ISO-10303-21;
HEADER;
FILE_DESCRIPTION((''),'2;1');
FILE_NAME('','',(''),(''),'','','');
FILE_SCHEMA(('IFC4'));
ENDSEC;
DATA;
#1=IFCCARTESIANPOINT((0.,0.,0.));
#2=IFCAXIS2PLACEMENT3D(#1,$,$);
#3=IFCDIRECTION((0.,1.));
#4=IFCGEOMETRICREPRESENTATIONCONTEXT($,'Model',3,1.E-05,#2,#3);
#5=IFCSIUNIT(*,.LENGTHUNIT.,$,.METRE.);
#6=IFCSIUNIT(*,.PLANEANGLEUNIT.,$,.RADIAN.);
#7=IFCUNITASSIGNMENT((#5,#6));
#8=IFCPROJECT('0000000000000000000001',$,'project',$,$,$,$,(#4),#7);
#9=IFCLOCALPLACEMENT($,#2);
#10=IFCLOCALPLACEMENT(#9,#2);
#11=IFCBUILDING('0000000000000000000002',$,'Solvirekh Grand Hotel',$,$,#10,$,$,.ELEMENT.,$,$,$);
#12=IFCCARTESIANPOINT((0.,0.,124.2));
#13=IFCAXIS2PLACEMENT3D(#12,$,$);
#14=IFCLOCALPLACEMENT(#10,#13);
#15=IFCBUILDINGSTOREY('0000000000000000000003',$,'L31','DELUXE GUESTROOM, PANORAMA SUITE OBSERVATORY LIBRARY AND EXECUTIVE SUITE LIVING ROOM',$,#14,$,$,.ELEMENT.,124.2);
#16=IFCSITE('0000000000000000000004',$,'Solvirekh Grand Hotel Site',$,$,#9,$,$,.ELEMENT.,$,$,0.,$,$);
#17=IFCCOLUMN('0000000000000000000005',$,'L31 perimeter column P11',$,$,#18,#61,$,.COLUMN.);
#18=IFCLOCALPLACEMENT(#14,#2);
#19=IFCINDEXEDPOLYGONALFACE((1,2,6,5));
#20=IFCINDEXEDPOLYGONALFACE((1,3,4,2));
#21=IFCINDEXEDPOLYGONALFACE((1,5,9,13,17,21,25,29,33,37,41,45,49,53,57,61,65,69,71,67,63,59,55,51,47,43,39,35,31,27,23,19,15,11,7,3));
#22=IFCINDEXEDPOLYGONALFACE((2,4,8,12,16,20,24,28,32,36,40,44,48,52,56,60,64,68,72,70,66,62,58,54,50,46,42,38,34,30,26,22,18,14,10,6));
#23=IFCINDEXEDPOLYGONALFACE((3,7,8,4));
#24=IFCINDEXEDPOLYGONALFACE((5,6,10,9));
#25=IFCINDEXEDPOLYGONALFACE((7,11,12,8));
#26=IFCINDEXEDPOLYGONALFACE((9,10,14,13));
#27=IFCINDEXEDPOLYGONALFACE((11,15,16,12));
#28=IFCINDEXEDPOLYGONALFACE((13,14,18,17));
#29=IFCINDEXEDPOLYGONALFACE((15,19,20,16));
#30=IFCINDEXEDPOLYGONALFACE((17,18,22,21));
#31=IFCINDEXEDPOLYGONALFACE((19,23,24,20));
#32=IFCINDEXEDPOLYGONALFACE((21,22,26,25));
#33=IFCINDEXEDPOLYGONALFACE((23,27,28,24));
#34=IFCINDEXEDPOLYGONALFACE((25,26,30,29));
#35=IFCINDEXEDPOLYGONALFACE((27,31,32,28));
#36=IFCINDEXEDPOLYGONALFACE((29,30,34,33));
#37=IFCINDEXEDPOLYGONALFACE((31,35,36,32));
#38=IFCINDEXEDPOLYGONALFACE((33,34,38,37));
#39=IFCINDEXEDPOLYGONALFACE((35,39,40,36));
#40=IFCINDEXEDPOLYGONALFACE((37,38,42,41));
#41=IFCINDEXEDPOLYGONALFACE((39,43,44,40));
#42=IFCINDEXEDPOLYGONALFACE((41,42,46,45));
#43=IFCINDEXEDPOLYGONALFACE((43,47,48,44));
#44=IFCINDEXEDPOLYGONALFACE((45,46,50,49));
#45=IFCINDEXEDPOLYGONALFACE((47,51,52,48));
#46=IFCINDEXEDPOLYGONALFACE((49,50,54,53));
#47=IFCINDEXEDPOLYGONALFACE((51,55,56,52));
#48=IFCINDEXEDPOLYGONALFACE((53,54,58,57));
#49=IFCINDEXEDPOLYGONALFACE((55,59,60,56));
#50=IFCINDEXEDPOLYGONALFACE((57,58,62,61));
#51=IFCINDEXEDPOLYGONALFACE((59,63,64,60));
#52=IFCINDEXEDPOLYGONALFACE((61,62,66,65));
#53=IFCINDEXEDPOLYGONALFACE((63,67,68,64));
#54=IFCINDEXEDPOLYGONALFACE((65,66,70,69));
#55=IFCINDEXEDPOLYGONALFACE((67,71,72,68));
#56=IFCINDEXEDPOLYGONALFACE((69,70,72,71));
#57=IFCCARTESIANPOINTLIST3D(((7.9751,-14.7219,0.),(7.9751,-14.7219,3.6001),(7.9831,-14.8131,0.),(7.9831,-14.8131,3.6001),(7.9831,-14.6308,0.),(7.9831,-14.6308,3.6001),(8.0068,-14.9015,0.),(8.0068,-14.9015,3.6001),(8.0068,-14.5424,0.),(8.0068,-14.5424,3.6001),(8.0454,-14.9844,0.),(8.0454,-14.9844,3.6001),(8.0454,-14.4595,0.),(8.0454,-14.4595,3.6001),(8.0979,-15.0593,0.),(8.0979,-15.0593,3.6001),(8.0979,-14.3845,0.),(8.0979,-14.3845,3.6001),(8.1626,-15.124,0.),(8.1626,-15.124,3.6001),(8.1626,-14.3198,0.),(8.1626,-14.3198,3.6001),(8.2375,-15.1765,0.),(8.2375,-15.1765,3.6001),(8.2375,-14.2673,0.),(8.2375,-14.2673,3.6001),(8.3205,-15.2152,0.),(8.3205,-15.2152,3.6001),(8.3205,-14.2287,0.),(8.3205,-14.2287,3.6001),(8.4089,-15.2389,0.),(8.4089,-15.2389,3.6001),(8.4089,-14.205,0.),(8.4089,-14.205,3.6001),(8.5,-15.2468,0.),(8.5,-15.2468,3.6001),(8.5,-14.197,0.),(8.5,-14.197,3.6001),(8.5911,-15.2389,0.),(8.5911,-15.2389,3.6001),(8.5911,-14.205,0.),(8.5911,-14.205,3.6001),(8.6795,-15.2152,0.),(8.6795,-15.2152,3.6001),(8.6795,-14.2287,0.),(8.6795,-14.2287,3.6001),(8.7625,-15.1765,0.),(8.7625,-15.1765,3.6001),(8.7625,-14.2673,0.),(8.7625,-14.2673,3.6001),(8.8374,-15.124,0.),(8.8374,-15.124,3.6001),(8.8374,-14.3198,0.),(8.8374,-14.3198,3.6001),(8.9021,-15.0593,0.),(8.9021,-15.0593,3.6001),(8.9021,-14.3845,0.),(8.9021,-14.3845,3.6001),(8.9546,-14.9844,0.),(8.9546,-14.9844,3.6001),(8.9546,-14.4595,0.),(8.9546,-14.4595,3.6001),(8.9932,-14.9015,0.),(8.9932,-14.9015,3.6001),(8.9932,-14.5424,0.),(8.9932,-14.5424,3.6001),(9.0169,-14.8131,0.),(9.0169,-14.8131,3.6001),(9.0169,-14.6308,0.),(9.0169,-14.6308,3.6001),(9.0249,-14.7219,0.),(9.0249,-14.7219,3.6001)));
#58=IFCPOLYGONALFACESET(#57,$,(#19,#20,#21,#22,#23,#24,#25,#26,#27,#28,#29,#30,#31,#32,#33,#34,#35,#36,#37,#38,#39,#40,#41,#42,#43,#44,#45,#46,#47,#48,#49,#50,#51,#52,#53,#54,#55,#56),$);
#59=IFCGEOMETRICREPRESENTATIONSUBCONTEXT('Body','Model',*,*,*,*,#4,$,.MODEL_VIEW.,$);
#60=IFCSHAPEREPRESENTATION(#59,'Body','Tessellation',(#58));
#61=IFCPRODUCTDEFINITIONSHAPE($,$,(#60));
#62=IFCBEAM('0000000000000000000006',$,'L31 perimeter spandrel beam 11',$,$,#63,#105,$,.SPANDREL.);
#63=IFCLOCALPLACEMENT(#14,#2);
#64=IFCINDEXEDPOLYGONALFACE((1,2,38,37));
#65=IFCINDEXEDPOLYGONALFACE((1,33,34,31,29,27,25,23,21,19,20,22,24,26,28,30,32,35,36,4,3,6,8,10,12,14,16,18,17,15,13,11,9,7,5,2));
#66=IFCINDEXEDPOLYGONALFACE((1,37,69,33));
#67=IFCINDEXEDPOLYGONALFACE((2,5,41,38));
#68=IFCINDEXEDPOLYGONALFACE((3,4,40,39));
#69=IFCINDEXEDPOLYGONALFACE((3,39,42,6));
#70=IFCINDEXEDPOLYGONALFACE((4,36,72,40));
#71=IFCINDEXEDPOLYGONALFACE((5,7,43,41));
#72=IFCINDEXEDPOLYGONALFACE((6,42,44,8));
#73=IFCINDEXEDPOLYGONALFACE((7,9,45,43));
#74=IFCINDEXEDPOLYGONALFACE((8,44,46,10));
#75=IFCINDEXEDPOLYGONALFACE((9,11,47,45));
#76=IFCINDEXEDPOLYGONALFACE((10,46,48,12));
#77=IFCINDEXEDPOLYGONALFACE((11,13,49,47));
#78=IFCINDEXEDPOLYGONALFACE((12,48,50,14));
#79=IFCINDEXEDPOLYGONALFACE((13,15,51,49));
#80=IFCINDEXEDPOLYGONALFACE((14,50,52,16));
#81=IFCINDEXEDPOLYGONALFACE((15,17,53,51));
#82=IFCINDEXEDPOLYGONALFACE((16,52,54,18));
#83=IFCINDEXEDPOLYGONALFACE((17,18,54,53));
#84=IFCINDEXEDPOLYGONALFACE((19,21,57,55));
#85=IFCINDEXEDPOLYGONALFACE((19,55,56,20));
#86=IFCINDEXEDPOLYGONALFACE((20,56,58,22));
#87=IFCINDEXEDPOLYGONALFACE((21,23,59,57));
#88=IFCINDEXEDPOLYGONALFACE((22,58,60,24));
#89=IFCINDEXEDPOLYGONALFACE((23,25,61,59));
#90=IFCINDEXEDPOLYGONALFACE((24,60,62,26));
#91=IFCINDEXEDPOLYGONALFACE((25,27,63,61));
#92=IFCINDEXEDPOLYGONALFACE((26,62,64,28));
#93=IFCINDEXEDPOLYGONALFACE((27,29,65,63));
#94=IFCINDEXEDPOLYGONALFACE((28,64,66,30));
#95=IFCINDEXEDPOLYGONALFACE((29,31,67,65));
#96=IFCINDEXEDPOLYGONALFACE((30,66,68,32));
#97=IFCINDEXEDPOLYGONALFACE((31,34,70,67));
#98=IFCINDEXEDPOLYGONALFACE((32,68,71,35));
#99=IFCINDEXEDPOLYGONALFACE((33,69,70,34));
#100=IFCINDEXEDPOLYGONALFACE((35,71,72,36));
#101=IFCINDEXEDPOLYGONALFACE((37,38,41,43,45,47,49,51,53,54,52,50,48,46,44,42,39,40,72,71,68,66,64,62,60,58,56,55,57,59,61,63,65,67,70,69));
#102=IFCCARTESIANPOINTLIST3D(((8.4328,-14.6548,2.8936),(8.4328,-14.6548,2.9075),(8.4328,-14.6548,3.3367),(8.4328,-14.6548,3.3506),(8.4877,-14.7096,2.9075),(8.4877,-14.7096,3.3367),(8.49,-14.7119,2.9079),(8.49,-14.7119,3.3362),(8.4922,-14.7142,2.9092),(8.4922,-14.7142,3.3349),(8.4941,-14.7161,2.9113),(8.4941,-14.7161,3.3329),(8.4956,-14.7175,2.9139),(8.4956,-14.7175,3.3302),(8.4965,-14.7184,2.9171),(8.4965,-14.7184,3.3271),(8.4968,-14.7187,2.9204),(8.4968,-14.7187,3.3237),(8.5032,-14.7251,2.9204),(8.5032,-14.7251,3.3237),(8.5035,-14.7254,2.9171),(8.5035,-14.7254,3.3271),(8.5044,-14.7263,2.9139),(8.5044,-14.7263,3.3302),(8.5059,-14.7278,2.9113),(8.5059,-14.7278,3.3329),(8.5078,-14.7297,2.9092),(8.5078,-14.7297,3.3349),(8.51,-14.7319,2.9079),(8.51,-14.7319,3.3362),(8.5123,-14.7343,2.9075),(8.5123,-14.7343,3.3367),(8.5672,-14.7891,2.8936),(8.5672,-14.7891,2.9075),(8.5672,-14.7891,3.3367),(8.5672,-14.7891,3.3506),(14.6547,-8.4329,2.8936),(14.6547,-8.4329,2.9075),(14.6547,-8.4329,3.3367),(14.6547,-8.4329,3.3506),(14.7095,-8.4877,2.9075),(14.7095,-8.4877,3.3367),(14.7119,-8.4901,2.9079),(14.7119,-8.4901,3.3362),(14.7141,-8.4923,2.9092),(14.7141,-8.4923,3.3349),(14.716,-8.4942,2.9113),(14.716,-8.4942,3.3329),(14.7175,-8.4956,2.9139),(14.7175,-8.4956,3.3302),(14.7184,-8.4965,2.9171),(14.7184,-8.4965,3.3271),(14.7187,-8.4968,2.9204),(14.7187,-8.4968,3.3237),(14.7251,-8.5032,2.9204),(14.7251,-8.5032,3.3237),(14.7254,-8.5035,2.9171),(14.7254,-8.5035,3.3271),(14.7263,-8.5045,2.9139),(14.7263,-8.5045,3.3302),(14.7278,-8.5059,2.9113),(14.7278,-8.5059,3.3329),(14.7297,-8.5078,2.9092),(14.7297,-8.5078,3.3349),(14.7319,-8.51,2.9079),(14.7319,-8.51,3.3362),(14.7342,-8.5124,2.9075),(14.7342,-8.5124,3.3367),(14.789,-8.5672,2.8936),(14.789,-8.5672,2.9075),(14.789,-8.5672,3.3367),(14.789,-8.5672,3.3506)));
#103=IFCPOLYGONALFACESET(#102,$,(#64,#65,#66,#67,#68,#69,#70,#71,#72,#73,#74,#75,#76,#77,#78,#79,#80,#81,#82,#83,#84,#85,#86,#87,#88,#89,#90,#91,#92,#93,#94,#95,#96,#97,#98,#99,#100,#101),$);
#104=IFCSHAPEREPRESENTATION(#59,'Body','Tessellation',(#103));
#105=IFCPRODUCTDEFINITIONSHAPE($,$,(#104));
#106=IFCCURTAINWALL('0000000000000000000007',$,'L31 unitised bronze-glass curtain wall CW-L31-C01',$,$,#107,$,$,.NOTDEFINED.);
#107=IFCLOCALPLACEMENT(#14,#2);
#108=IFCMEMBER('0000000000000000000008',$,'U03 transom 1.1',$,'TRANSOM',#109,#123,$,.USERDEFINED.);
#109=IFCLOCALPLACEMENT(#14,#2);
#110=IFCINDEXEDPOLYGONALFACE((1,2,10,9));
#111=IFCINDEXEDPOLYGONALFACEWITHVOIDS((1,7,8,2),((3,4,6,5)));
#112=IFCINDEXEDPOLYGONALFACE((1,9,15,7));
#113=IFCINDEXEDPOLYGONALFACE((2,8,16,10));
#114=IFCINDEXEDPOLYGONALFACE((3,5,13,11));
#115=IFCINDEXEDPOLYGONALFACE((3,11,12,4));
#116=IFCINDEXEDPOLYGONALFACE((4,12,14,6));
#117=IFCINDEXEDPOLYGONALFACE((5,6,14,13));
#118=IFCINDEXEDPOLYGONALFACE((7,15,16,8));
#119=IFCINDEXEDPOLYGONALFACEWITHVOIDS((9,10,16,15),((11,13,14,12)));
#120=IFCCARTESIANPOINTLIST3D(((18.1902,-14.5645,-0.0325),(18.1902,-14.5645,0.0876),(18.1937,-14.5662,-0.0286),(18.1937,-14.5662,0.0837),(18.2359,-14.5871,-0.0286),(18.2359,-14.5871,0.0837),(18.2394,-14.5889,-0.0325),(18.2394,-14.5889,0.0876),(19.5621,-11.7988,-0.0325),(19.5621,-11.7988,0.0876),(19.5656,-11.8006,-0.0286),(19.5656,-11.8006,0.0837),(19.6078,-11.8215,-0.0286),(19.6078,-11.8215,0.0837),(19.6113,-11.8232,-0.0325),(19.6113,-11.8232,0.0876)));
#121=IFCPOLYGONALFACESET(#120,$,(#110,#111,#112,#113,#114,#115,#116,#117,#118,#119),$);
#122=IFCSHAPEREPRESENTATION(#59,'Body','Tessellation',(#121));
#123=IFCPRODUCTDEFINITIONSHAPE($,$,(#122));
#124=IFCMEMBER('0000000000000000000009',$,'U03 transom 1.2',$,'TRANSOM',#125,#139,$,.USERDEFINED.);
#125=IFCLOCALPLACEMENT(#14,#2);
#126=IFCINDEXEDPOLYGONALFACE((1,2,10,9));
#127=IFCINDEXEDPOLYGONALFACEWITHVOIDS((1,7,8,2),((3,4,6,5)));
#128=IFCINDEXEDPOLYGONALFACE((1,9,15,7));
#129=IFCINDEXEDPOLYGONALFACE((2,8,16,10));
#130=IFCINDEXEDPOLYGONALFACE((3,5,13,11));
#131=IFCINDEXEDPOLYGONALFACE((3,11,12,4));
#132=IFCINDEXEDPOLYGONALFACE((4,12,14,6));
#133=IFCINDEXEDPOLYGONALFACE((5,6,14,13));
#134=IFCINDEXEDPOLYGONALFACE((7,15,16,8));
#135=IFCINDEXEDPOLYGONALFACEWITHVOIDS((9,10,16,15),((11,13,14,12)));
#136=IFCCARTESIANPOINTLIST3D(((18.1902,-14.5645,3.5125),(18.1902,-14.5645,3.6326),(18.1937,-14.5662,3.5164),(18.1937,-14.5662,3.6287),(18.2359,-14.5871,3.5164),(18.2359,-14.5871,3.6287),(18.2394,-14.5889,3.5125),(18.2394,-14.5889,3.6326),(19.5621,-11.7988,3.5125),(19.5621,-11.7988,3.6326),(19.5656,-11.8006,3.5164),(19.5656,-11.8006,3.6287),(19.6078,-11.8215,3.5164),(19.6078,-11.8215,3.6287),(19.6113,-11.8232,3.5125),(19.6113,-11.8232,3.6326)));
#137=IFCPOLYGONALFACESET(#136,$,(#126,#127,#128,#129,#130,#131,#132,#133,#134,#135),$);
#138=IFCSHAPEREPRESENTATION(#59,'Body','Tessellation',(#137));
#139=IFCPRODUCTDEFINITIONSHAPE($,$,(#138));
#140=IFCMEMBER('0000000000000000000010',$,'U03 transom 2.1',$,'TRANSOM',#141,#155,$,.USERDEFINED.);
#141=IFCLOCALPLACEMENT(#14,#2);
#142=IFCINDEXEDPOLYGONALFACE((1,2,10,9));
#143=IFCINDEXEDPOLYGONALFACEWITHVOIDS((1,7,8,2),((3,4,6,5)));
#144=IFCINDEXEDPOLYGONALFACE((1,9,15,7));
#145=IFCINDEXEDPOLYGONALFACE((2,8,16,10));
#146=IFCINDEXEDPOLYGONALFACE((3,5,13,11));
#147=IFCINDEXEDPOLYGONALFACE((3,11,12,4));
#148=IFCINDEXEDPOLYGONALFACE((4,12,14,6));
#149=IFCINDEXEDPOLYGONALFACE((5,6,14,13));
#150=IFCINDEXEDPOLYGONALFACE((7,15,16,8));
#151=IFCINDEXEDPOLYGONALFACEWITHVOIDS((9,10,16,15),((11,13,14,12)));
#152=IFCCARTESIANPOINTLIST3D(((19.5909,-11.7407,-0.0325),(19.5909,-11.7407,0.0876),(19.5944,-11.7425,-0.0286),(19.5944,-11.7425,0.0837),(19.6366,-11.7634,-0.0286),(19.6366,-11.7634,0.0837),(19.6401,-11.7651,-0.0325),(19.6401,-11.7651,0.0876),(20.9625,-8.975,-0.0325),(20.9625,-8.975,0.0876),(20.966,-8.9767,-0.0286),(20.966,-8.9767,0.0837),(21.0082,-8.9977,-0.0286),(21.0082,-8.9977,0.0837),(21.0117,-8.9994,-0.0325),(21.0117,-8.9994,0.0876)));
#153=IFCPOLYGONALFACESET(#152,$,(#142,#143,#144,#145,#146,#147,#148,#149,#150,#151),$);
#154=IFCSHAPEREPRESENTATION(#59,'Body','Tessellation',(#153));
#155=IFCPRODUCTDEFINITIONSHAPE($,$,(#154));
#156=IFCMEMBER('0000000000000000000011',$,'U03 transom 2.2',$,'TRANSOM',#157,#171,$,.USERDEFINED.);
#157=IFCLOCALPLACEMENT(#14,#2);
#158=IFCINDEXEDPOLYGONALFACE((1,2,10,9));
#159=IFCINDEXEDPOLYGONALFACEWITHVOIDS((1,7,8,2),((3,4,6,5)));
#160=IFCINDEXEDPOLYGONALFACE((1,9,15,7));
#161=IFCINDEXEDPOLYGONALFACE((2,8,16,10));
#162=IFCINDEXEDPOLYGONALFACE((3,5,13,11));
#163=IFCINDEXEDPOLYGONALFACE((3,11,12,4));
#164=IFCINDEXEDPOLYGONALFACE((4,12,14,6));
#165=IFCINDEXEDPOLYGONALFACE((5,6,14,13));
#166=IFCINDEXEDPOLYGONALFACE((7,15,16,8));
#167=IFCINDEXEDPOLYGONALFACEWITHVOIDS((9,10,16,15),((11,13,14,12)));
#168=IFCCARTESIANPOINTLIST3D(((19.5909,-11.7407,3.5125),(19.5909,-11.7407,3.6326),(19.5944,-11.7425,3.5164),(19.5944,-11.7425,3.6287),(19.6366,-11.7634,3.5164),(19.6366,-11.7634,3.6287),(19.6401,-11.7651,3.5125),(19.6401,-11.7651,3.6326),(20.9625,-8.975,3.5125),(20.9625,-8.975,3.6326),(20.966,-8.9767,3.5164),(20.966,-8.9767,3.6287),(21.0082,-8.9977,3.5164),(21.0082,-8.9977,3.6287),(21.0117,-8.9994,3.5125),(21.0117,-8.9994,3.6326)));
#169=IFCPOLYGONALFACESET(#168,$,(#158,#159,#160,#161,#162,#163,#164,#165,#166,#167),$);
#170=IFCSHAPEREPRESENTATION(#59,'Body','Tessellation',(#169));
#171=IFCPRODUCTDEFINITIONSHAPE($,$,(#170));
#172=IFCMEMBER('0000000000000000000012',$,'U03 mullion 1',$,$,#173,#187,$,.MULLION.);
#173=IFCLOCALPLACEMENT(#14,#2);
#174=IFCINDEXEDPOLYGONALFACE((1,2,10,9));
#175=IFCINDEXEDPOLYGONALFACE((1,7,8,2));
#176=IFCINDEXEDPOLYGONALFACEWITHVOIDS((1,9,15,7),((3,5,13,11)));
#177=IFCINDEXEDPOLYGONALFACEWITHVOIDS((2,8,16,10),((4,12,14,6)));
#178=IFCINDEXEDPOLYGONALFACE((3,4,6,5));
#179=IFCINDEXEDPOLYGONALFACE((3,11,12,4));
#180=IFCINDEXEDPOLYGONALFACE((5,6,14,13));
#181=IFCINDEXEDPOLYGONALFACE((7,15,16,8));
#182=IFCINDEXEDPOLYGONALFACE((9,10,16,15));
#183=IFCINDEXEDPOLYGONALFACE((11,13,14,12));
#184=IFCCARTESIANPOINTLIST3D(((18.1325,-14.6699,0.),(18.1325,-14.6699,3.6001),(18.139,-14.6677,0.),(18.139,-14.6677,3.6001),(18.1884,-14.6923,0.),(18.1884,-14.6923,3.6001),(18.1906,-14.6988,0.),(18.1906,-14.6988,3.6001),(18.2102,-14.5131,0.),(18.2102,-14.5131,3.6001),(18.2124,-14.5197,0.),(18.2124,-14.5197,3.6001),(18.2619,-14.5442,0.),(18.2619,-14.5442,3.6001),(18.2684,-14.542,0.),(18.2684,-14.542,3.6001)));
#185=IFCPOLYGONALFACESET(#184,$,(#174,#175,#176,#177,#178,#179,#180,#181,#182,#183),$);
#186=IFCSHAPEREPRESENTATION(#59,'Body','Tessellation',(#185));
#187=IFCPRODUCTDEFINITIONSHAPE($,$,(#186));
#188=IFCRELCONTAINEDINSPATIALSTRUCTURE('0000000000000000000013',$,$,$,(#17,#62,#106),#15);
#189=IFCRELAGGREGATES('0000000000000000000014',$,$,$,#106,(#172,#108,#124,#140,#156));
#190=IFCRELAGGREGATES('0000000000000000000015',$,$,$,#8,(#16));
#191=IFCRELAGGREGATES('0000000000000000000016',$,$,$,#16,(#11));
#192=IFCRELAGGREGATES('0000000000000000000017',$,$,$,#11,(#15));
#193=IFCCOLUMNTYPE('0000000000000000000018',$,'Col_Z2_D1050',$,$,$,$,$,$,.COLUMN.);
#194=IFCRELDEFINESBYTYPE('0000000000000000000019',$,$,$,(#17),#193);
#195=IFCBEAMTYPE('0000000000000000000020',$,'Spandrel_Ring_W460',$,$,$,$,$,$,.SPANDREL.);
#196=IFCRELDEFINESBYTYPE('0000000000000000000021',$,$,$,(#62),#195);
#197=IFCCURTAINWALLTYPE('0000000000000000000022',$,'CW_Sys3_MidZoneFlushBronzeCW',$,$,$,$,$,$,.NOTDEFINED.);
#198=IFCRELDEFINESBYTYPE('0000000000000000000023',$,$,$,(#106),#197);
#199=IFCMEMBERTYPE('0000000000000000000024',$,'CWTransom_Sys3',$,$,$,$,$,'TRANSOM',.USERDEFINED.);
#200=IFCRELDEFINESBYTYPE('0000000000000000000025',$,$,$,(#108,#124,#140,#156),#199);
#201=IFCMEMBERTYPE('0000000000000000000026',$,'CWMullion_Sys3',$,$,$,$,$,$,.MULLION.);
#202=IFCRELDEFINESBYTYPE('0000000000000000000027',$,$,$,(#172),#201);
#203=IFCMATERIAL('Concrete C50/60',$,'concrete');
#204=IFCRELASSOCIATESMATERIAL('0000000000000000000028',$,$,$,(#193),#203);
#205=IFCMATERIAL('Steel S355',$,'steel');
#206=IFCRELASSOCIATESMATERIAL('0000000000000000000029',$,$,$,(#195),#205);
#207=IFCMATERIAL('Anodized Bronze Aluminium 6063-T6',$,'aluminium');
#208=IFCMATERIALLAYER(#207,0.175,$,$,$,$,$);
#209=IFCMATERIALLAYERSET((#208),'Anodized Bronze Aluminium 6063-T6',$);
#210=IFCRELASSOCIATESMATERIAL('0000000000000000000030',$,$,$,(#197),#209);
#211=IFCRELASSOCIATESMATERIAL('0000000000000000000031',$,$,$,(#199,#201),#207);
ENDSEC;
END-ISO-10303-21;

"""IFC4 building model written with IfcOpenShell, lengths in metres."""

from ifc_helpers import new_model, si_unit, direction, frame, origin, origin_2d, place, context, subcontext, project, spatial, hollow_rectangle, circle, i_section, extrude, source, transform, mapped, material, layer, layer_set, material_profile, profile_set, type_object, element, aggregate, save


model = new_model("IFC4")

# Units and contexts
model_context = context("Model", 3, precision=1e-05, world=origin(), true_north=direction((0.0, 1.0)))
body_context = subcontext(model_context, "Body", "Model", "MODEL_VIEW")
ifc_project = project(units=[si_unit("LENGTHUNIT", "METRE"), si_unit("PLANEANGLEUNIT", "RADIAN")], contexts=[model_context])

# Site, building, storey
site_placement = place(None, origin())
site = spatial("IfcSite", under=ifc_project, at=site_placement, Name="Solvirekh Grand Hotel Site", CompositionType="ELEMENT", RefElevation=0.0)
building_placement = place(site_placement, origin())
building = spatial("IfcBuilding", under=site, at=building_placement, Name="Solvirekh Grand Hotel", CompositionType="ELEMENT")
storey_placement = place(building_placement, frame((0.0, 0.0, 124.2)))
storey = spatial("IfcBuildingStorey", under=building, at=storey_placement, Name="L31", Description="DELUXE GUESTROOM, PANORAMA SUITE OBSERVATORY LIBRARY AND EXECUTIVE SUITE LIVING ROOM", CompositionType="ELEMENT", Elevation=124.2)

# Column
ifc_material_1 = material(Name="Concrete C50/60", Category="concrete")
ifc_material_profile_1 = material_profile(ifc_material_1, circle(Radius=0.5249, at=origin_2d()), Name="RC CIRC D1050")
ifc_profile_set_1 = profile_set([ifc_material_profile_1], Name="Concrete C50/60")
column_type = type_object("IfcColumnType", Name="Col_Z2_D1050", PredefinedType="COLUMN", material=ifc_profile_set_1)
column_placement = place(storey_placement, frame((8.5, -14.7219, 0.0), z_axis=(0.0, 0.0, 1.0), x_axis=(1.0, 0.0, 0.0)))
element("IfcColumn", 1, at=column_placement, inside=storey, type_object=column_type, Name="L31 perimeter column P11", PredefinedType="COLUMN", context=body_context, shape_type="SweptSolid", body=[
    extrude(circle(Radius=0.5249, at=origin_2d()), origin(), (0.0, 0.0, 1.0), 3.6001),
])

# Beam
ifc_material_2 = material(Name="Steel S355", Category="steel")
ifc_material_profile_2 = material_profile(ifc_material_2, i_section(OverallWidth=0.1899, OverallDepth=0.457, WebThickness=0.009, FlangeThickness=0.0139, FilletRadius=0.0129, at=origin_2d()), Name="W460X74")
ifc_profile_set_2 = profile_set([ifc_material_profile_2], Name="Steel S355")
beam_type = type_object("IfcBeamType", Name="Spandrel_Ring_W460", PredefinedType="SPANDREL", material=ifc_profile_set_2)
beam_placement = place(storey_placement, frame((8.5, -14.7219, 3.1221), z_axis=(0.707107, 0.707107, 0.0), x_axis=(-0.707107, 0.707107, 0.0)))
element("IfcBeam", 2, at=beam_placement, inside=storey, type_object=beam_type, Name="L31 perimeter spandrel beam 11", PredefinedType="SPANDREL", context=body_context, shape_type="SweptSolid", body=[
    extrude(i_section(OverallWidth=0.1899, OverallDepth=0.457, WebThickness=0.009, FlangeThickness=0.0139, FilletRadius=0.0129, at=origin_2d()), origin(), (0.0, 0.0, 1.0), 8.7991),
])

# Curtain wall, members
ifc_material_3 = material(Name="Anodized Bronze Aluminium 6063-T6", Category="aluminium")
ifc_layer_1 = layer(ifc_material_3, 0.175)
ifc_layer_set_1 = layer_set([ifc_layer_1], Name="Anodized Bronze Aluminium 6063-T6")
curtain_wall_type = type_object("IfcCurtainWallType", Name="CW_Sys3_MidZoneFlushBronzeCW", PredefinedType="NOTDEFINED", material=ifc_layer_set_1)
curtain_wall_1_placement = place(storey_placement, origin())
curtain_wall_1 = element("IfcCurtainWall", 3, at=curtain_wall_1_placement, inside=storey, type_object=curtain_wall_type, Name="L31 unitised bronze-glass curtain wall CW-L31-C01", PredefinedType="NOTDEFINED")
ifc_material_profile_3 = material_profile(ifc_material_3, hollow_rectangle(XDim=0.0549, YDim=0.1201, WallThickness=0.0039, at=origin_2d()), Name="ALU RHS 120X55X4")
ifc_profile_set_3 = profile_set([ifc_material_profile_3], Name="Anodized Bronze Aluminium 6063-T6")
member_type_1 = type_object("IfcMemberType", Name="CWTransom_Sys3", ElementType="TRANSOM", PredefinedType="USERDEFINED", material=ifc_profile_set_3)
shared_shape_1 = source(origin(), body_context, "Body", "SweptSolid", [
    extrude(hollow_rectangle(XDim=0.0549, YDim=0.1201, WallThickness=0.0039, at=origin_2d()), origin(), (0.0, 0.0, 1.0), 3.0872),
])
member_1_placement = place(storey_placement, frame((18.2148, -14.5767, 0.0276), z_axis=(0.444364, 0.895846, 0.0), x_axis=(-0.895846, 0.444364, 0.0)))
member_1 = element("IfcMember", 4, at=member_1_placement, type_object=member_type_1, Name="U03 transom 1.1", ObjectType="TRANSOM", PredefinedType="USERDEFINED", context=body_context, shape_type="MappedRepresentation", body=[
    mapped(shared_shape_1, transform((0.0, 0.0, 0.0), x_axis=(1.0, 0.0, 0.0), y_axis=(0.0, 1.0, 0.0), z_axis=(0.0, 0.0, 1.0), scale=1.0)),
])
member_2_placement = place(storey_placement, frame((18.2148, -14.5767, 3.5725), z_axis=(0.444364, 0.895846, 0.0), x_axis=(-0.895846, 0.444364, 0.0)))
member_2 = element("IfcMember", 5, at=member_2_placement, type_object=member_type_1, Name="U03 transom 1.2", ObjectType="TRANSOM", PredefinedType="USERDEFINED", context=body_context, shape_type="MappedRepresentation", body=[
    mapped(shared_shape_1, transform((0.0, 0.0, 0.0), x_axis=(1.0, 0.0, 0.0), y_axis=(0.0, 1.0, 0.0), z_axis=(0.0, 0.0, 1.0), scale=1.0)),
])
member_3_placement = place(storey_placement, frame((19.6155, -11.7529, 0.0276), z_axis=(0.444301, 0.895878, 0.0), x_axis=(-0.895878, 0.444301, 0.0)))
member_3 = element("IfcMember", 6, at=member_3_placement, type_object=member_type_1, Name="U03 transom 2.1", ObjectType="TRANSOM", PredefinedType="USERDEFINED", context=body_context, shape_type="MappedRepresentation", body=[
    mapped(shared_shape_1, transform((0.0, 0.0, 0.0), x_axis=(1.0, 0.0, 0.0), y_axis=(0.0, 1.0, 0.0), z_axis=(0.0, 0.0, 1.0), scale=1.0)),
])
member_4_placement = place(storey_placement, frame((19.6155, -11.7529, 3.5725), z_axis=(0.444301, 0.895878, 0.0), x_axis=(-0.895878, 0.444301, 0.0)))
member_4 = element("IfcMember", 7, at=member_4_placement, type_object=member_type_1, Name="U03 transom 2.2", ObjectType="TRANSOM", PredefinedType="USERDEFINED", context=body_context, shape_type="MappedRepresentation", body=[
    mapped(shared_shape_1, transform((0.0, 0.0, 0.0), x_axis=(1.0, 0.0, 0.0), y_axis=(0.0, 1.0, 0.0), z_axis=(0.0, 0.0, 1.0), scale=1.0)),
])
ifc_material_profile_4 = material_profile(ifc_material_3, hollow_rectangle(XDim=0.0649, YDim=0.175, WallThickness=0.0049, at=origin_2d()), Name="ALU RHS 175X65X5")
ifc_profile_set_4 = profile_set([ifc_material_profile_4], Name="Anodized Bronze Aluminium 6063-T6")
member_type_2 = type_object("IfcMemberType", Name="CWMullion_Sys3", PredefinedType="MULLION", material=ifc_profile_set_4)
shared_shape_2 = source(origin(), body_context, "Body", "SweptSolid", [
    extrude(hollow_rectangle(XDim=0.0649, YDim=0.175, WallThickness=0.0049, at=origin_2d()), origin(), (0.0, 0.0, 1.0), 3.6001),
])
member_5_placement = place(storey_placement, frame((18.2004, -14.606, 0.0), z_axis=(0.0, 0.0, 1.0), x_axis=(-0.895867, 0.444322, 0.0)))
member_5 = element("IfcMember", 8, at=member_5_placement, type_object=member_type_2, Name="U03 mullion 1", PredefinedType="MULLION", context=body_context, shape_type="MappedRepresentation", body=[
    mapped(shared_shape_2, transform((0.0, 0.0, 0.0), x_axis=(1.0, 0.0, 0.0), y_axis=(0.0, 1.0, 0.0), z_axis=(0.0, 0.0, 1.0), scale=1.0)),
])

aggregate(curtain_wall_1, [member_5, member_1, member_2, member_3, member_4])

save(model, "model.ifc")
